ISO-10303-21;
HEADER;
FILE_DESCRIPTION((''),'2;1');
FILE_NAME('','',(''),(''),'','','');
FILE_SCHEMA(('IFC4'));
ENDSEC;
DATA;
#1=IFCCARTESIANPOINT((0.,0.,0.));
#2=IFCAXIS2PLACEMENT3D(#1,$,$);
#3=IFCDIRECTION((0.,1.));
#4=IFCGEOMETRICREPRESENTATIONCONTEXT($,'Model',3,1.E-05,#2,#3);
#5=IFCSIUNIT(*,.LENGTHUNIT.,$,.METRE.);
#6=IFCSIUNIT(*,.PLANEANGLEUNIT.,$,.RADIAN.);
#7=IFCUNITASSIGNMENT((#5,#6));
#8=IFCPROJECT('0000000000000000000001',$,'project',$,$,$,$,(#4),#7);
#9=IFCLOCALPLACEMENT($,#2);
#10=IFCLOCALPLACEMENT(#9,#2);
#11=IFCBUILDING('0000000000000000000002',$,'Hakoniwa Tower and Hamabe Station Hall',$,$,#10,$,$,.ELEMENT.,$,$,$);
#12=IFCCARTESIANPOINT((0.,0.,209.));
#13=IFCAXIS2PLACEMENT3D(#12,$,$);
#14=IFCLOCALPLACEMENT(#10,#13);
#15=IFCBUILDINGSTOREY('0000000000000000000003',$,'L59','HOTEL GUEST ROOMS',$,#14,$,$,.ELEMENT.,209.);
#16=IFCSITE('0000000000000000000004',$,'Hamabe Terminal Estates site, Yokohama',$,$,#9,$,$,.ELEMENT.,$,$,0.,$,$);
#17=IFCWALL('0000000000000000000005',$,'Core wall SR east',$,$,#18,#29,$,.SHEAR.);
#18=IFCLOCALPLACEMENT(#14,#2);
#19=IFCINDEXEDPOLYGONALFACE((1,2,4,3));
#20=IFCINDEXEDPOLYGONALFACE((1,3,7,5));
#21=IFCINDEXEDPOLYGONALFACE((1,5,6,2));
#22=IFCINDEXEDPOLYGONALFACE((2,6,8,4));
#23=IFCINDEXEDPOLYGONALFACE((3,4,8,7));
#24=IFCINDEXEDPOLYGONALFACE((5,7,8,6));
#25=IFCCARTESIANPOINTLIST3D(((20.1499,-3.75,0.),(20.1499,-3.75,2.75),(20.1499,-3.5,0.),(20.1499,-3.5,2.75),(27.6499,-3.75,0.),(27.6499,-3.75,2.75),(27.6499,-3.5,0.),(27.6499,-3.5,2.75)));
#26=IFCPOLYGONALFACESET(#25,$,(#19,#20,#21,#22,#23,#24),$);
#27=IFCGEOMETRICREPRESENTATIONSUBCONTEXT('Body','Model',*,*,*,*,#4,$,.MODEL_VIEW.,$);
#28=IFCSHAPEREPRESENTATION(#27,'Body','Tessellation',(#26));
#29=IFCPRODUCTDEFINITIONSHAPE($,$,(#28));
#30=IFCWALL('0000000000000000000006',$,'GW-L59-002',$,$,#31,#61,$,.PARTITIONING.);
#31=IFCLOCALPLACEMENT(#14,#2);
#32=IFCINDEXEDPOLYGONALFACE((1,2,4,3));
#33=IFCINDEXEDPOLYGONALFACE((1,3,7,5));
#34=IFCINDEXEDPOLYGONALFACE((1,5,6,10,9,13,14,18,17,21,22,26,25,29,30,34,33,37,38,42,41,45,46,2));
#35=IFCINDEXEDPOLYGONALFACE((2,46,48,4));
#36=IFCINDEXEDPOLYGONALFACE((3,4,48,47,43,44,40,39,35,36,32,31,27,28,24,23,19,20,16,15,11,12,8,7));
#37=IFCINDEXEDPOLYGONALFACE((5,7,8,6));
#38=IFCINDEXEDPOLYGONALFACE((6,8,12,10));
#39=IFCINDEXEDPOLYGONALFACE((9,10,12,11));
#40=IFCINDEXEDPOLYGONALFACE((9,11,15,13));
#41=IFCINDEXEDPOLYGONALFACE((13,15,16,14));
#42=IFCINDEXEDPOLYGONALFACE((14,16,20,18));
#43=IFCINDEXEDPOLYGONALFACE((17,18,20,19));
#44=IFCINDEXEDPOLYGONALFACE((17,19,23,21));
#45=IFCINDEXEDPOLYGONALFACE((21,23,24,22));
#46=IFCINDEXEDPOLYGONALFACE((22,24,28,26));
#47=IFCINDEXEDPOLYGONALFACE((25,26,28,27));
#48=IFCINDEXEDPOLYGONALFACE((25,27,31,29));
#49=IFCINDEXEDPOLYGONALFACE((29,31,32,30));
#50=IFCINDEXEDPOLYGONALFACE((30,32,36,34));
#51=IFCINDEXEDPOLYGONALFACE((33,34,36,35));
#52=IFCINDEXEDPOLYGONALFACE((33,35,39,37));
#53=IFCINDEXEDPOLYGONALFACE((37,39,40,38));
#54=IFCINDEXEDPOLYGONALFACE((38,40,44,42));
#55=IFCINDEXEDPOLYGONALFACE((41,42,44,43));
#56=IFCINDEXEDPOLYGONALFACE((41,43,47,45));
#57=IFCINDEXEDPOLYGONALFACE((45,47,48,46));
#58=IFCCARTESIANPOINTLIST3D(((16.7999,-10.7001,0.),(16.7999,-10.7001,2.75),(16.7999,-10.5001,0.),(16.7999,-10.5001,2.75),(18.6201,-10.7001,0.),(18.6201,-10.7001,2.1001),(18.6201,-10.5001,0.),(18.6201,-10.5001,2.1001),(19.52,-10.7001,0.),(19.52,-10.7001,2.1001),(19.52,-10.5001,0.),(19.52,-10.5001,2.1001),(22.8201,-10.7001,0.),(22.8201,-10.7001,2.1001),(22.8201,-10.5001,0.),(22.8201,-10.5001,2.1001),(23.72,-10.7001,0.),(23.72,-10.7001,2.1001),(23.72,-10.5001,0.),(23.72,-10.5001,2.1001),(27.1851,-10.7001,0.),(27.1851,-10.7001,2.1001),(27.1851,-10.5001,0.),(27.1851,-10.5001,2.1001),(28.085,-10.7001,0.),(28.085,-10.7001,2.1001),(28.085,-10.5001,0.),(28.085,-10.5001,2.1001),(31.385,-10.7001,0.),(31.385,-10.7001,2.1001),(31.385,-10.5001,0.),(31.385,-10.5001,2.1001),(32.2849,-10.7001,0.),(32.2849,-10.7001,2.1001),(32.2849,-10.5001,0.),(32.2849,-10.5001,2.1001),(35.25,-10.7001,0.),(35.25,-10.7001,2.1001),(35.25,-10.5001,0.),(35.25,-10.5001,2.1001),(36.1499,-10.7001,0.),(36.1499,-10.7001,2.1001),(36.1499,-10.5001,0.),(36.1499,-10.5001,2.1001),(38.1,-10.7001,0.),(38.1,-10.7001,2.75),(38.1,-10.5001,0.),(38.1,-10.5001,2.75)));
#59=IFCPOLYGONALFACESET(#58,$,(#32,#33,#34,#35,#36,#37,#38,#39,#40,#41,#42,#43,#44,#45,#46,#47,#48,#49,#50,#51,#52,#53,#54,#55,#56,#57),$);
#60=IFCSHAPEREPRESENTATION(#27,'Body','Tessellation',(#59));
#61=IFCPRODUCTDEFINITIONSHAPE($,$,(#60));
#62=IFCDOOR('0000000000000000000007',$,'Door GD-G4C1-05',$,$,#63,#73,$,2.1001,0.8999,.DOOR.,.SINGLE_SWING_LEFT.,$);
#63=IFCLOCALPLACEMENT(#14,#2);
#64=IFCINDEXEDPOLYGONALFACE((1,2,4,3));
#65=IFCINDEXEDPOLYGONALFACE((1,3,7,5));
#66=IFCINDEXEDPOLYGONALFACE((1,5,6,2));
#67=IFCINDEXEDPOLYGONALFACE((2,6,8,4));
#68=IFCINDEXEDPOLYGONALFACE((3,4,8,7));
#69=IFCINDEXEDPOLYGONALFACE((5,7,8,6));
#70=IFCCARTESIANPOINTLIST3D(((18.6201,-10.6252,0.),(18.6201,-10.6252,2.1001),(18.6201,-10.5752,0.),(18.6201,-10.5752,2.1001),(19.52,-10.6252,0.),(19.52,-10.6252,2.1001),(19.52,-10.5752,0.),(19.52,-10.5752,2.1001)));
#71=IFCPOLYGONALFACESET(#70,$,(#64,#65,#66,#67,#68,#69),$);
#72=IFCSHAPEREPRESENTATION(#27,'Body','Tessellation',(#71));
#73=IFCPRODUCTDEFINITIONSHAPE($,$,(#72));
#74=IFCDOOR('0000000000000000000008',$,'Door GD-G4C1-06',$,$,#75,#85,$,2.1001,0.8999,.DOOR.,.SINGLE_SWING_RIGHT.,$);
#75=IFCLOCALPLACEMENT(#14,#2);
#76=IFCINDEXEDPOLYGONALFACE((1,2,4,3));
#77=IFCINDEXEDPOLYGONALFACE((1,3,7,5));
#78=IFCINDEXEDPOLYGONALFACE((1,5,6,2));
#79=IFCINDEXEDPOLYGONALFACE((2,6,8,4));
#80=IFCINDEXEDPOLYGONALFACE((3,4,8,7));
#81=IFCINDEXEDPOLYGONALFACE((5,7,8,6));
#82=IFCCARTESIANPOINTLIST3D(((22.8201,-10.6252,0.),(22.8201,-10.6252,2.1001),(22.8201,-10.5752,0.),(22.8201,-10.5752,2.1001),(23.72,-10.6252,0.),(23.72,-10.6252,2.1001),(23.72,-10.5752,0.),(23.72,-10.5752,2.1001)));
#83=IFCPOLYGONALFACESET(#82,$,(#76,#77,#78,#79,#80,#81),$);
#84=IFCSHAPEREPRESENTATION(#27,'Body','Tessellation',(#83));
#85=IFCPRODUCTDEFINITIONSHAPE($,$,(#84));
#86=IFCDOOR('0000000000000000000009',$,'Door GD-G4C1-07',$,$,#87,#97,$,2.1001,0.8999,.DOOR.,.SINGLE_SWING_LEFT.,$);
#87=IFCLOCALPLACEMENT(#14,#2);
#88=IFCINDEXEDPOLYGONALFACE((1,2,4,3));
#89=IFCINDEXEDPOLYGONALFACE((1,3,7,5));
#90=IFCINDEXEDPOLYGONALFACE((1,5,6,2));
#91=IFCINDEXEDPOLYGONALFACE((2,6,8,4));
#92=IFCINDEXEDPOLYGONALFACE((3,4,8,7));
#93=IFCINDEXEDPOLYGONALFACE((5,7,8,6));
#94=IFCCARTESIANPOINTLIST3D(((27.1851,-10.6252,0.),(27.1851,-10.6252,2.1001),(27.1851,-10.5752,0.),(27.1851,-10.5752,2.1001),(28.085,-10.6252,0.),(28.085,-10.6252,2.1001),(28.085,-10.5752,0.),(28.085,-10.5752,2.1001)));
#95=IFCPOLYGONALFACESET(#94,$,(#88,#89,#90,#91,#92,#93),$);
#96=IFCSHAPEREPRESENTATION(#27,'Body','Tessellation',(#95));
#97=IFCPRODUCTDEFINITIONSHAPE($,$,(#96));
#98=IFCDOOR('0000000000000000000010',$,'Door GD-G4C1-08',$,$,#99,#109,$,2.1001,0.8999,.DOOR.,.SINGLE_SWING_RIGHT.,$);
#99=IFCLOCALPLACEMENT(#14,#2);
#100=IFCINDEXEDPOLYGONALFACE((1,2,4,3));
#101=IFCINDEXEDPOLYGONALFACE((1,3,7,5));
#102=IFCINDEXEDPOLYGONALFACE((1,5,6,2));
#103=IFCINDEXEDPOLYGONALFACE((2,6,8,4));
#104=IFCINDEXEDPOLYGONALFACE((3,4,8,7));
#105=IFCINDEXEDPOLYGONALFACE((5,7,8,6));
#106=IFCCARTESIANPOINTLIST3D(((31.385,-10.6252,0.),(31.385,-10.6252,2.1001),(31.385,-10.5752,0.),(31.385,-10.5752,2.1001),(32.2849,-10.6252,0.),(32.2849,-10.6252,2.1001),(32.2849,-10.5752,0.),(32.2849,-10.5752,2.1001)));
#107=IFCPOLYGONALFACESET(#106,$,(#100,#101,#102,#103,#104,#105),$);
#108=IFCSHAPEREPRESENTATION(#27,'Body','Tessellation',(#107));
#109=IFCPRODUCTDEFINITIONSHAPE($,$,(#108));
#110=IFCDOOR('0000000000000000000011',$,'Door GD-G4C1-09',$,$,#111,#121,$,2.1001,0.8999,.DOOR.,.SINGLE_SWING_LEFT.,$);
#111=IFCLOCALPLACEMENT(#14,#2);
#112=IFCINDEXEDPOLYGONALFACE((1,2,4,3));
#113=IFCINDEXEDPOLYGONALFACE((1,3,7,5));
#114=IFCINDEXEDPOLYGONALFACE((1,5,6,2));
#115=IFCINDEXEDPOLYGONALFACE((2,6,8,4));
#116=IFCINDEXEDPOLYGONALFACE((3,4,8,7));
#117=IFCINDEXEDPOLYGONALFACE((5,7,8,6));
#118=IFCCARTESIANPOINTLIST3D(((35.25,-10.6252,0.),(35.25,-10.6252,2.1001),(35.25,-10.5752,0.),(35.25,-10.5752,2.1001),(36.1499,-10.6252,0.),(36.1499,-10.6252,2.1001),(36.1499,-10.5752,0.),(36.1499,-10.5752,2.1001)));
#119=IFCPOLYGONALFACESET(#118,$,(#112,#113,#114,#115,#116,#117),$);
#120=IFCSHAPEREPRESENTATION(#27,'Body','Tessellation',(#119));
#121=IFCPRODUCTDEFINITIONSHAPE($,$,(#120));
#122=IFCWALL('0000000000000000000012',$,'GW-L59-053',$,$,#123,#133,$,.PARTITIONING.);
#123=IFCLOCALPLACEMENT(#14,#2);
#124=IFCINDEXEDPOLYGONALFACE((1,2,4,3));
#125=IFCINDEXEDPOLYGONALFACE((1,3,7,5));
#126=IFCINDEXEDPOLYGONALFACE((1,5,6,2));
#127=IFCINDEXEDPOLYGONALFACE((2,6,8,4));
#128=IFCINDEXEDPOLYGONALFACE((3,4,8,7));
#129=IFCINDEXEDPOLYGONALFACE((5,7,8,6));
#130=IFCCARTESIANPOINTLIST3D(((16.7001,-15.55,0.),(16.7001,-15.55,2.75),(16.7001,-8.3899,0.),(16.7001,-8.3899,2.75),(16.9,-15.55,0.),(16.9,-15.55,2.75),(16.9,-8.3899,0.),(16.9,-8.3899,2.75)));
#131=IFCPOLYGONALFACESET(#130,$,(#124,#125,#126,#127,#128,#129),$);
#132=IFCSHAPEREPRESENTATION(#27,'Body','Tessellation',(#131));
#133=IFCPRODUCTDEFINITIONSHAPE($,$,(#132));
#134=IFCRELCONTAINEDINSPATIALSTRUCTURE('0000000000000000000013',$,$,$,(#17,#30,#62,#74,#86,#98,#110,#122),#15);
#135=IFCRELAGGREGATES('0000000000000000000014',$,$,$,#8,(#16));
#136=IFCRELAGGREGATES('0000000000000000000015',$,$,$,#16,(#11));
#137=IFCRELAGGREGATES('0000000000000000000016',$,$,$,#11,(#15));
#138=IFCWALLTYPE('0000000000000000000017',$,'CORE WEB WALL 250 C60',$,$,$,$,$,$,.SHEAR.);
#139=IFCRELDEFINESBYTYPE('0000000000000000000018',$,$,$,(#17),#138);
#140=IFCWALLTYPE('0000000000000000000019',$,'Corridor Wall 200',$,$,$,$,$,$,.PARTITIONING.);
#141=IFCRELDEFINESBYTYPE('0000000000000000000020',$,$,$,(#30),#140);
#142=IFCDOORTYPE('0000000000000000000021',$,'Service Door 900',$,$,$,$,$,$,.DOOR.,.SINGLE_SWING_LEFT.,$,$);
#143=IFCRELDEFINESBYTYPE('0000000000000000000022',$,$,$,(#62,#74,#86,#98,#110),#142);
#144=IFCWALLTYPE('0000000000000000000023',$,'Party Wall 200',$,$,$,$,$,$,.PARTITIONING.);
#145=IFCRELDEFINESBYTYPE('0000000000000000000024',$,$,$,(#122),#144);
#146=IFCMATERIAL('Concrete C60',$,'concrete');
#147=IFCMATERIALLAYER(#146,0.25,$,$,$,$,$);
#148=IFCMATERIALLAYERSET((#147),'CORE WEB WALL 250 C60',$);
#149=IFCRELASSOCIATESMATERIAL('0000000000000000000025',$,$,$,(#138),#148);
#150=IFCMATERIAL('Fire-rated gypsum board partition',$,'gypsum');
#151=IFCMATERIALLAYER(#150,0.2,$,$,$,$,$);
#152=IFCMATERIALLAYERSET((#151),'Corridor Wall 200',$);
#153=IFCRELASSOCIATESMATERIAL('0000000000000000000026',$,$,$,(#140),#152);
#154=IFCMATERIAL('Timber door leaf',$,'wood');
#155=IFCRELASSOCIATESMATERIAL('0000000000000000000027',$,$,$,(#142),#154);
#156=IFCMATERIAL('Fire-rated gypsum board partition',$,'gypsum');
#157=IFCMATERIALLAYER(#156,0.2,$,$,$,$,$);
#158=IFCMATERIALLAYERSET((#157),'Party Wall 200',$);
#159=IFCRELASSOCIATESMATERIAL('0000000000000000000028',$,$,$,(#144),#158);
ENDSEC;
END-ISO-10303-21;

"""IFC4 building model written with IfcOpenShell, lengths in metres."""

from ifc_helpers import new_model, si_unit, direction, frame, frame_2d, origin, place, context, subcontext, project, spatial, rectangle, extrude, material, layer, layer_set, type_object, element, fill, save


model = new_model("IFC4")

# Units and contexts
model_context = context("Model", 3, precision=1e-05, world=origin(), true_north=direction((0.0, 1.0)))
body_context = subcontext(model_context, "Body", "Model", "MODEL_VIEW")
ifc_project = project(units=[si_unit("LENGTHUNIT", "METRE"), si_unit("PLANEANGLEUNIT", "RADIAN")], contexts=[model_context])

# Site, building, storey
site_placement = place(None, origin())
site = spatial("IfcSite", under=ifc_project, at=site_placement, Name="Hamabe Terminal Estates site, Yokohama", CompositionType="ELEMENT", RefElevation=0.0)
building_placement = place(site_placement, origin())
building = spatial("IfcBuilding", under=site, at=building_placement, Name="Hakoniwa Tower and Hamabe Station Hall", CompositionType="ELEMENT")
storey_placement = place(building_placement, frame((0.0, 0.0, 209.0)))
storey = spatial("IfcBuildingStorey", under=building, at=storey_placement, Name="L59", Description="HOTEL GUEST ROOMS", CompositionType="ELEMENT", Elevation=209.0)

# Shared definitions
ifc_material_1 = material(Name="Concrete C60", Category="concrete")
ifc_layer_1 = layer(ifc_material_1, 0.25)
ifc_layer_set_1 = layer_set([ifc_layer_1], Name="CORE WEB WALL 250 C60")
wall_type_1 = type_object("IfcWallType", Name="CORE WEB WALL 250 C60", PredefinedType="SHEAR", material=ifc_layer_set_1)

# Wall
wall_1_placement = place(storey_placement, frame((20.1499, -3.625, 0.0), z_axis=(0.0, 0.0, 1.0), x_axis=(1.0, 0.0, 0.0)))
element("IfcWall", 1, at=wall_1_placement, inside=storey, type_object=wall_type_1, Name="Core wall SR east", PredefinedType="SHEAR", context=body_context, shape_type="SweptSolid", body=[
    extrude(rectangle(XDim=7.5, YDim=0.25, at=frame_2d((3.75, 0.0))), origin(), (0.0, 0.0, 1.0), 2.75),
])

# Wall, openings, doors
ifc_material_2 = material(Name="Fire-rated gypsum board partition", Category="gypsum")
ifc_layer_2 = layer(ifc_material_2, 0.2)
ifc_layer_set_2 = layer_set([ifc_layer_2], Name="Corridor Wall 200")
wall_type_2 = type_object("IfcWallType", Name="Corridor Wall 200", PredefinedType="PARTITIONING", material=ifc_layer_set_2)
wall_2_placement = place(storey_placement, frame((16.8, -10.6001, 0.0), z_axis=(0.0, 0.0, 1.0), x_axis=(1.0, 0.0, 0.0)))
wall_2 = element("IfcWall", 2, at=wall_2_placement, inside=storey, type_object=wall_type_2, Name="GW-L59-002", PredefinedType="PARTITIONING", context=body_context, shape_type="SweptSolid", body=[
    extrude(rectangle(XDim=21.3, YDim=0.2, at=frame_2d((10.6499, 0.0))), origin(), (0.0, 0.0, 1.0), 2.75),
])
opening_1_placement = place(wall_2_placement, frame((1.8201, 0.0, 0.0)))
opening_1 = element("IfcOpeningElement", 3, at=opening_1_placement, cuts=wall_2, PredefinedType="OPENING", context=body_context, shape_type="SweptSolid", body=[
    extrude(rectangle(XDim=0.8999, YDim=2.1001, at=frame_2d((0.45, 1.05))), frame((0.0, 0.1099, 0.0), z_axis=(0.0, -1.0, 0.0), x_axis=(1.0, 0.0, 0.0)), (0.0, 0.0, 1.0), 0.22),
])
opening_2_placement = place(wall_2_placement, frame((6.02, 0.0, 0.0)))
opening_2 = element("IfcOpeningElement", 4, at=opening_2_placement, cuts=wall_2, PredefinedType="OPENING", context=body_context, shape_type="SweptSolid", body=[
    extrude(rectangle(XDim=0.8999, YDim=2.1001, at=frame_2d((0.45, 1.05))), frame((0.0, 0.1099, 0.0), z_axis=(0.0, -1.0, 0.0), x_axis=(1.0, 0.0, 0.0)), (0.0, 0.0, 1.0), 0.22),
])
opening_3_placement = place(wall_2_placement, frame((10.385, 0.0, 0.0)))
opening_3 = element("IfcOpeningElement", 5, at=opening_3_placement, cuts=wall_2, PredefinedType="OPENING", context=body_context, shape_type="SweptSolid", body=[
    extrude(rectangle(XDim=0.8999, YDim=2.1001, at=frame_2d((0.45, 1.05))), frame((0.0, 0.1099, 0.0), z_axis=(0.0, -1.0, 0.0), x_axis=(1.0, 0.0, 0.0)), (0.0, 0.0, 1.0), 0.22),
])
opening_4_placement = place(wall_2_placement, frame((14.585, 0.0, 0.0)))
opening_4 = element("IfcOpeningElement", 6, at=opening_4_placement, cuts=wall_2, PredefinedType="OPENING", context=body_context, shape_type="SweptSolid", body=[
    extrude(rectangle(XDim=0.8999, YDim=2.1001, at=frame_2d((0.45, 1.05))), frame((0.0, 0.1099, 0.0), z_axis=(0.0, -1.0, 0.0), x_axis=(1.0, 0.0, 0.0)), (0.0, 0.0, 1.0), 0.22),
])
opening_5_placement = place(wall_2_placement, frame((18.45, 0.0, 0.0)))
opening_5 = element("IfcOpeningElement", 7, at=opening_5_placement, cuts=wall_2, PredefinedType="OPENING", context=body_context, shape_type="SweptSolid", body=[
    extrude(rectangle(XDim=0.8999, YDim=2.1001, at=frame_2d((0.45, 1.05))), frame((0.0, 0.1099, 0.0), z_axis=(0.0, -1.0, 0.0), x_axis=(1.0, 0.0, 0.0)), (0.0, 0.0, 1.0), 0.22),
])
ifc_material_3 = material(Name="Timber door leaf", Category="wood")
door_type_1 = type_object("IfcDoorType", Name="Service Door 900", OperationType="SINGLE_SWING_LEFT", PredefinedType="DOOR", material=ifc_material_3)
door_1_placement = place(opening_1_placement, origin())
door_1 = element("IfcDoor", 8, at=door_1_placement, inside=storey, type_object=door_type_1, Name="Door GD-G4C1-05", OperationType="SINGLE_SWING_LEFT", OverallHeight=2.1001, OverallWidth=0.8999, PredefinedType="DOOR", context=body_context, shape_type="SweptSolid", body=[
    extrude(rectangle(XDim=0.8999, YDim=2.1001, at=frame_2d((0.45, 1.05))), frame((0.0, 0.0249, 0.0), z_axis=(0.0, -1.0, 0.0), x_axis=(1.0, 0.0, 0.0)), (0.0, 0.0, 1.0), 0.05),
])
fill(opening_1, door_1)
door_2_placement = place(opening_2_placement, origin())
door_2 = element("IfcDoor", 9, at=door_2_placement, inside=storey, type_object=door_type_1, Name="Door GD-G4C1-06", OperationType="SINGLE_SWING_RIGHT", OverallHeight=2.1001, OverallWidth=0.8999, PredefinedType="DOOR", context=body_context, shape_type="SweptSolid", body=[
    extrude(rectangle(XDim=0.8999, YDim=2.1001, at=frame_2d((0.45, 1.05))), frame((0.0, 0.0249, 0.0), z_axis=(0.0, -1.0, 0.0), x_axis=(1.0, 0.0, 0.0)), (0.0, 0.0, 1.0), 0.05),
])
fill(opening_2, door_2)
door_3_placement = place(opening_3_placement, origin())
door_3 = element("IfcDoor", 10, at=door_3_placement, inside=storey, type_object=door_type_1, Name="Door GD-G4C1-07", OperationType="SINGLE_SWING_LEFT", OverallHeight=2.1001, OverallWidth=0.8999, PredefinedType="DOOR", context=body_context, shape_type="SweptSolid", body=[
    extrude(rectangle(XDim=0.8999, YDim=2.1001, at=frame_2d((0.45, 1.05))), frame((0.0, 0.0249, 0.0), z_axis=(0.0, -1.0, 0.0), x_axis=(1.0, 0.0, 0.0)), (0.0, 0.0, 1.0), 0.05),
])
fill(opening_3, door_3)
door_4_placement = place(opening_4_placement, origin())
door_4 = element("IfcDoor", 11, at=door_4_placement, inside=storey, type_object=door_type_1, Name="Door GD-G4C1-08", OperationType="SINGLE_SWING_RIGHT", OverallHeight=2.1001, OverallWidth=0.8999, PredefinedType="DOOR", context=body_context, shape_type="SweptSolid", body=[
    extrude(rectangle(XDim=0.8999, YDim=2.1001, at=frame_2d((0.45, 1.05))), frame((0.0, 0.0249, 0.0), z_axis=(0.0, -1.0, 0.0), x_axis=(1.0, 0.0, 0.0)), (0.0, 0.0, 1.0), 0.05),
])
fill(opening_4, door_4)
door_5_placement = place(opening_5_placement, origin())
door_5 = element("IfcDoor", 12, at=door_5_placement, inside=storey, type_object=door_type_1, Name="Door GD-G4C1-09", OperationType="SINGLE_SWING_LEFT", OverallHeight=2.1001, OverallWidth=0.8999, PredefinedType="DOOR", context=body_context, shape_type="SweptSolid", body=[
    extrude(rectangle(XDim=0.8999, YDim=2.1001, at=frame_2d((0.45, 1.05))), frame((0.0, 0.0249, 0.0), z_axis=(0.0, -1.0, 0.0), x_axis=(1.0, 0.0, 0.0)), (0.0, 0.0, 1.0), 0.05),
])
fill(opening_5, door_5)

# Wall
ifc_material_4 = material(Name="Fire-rated gypsum board partition", Category="gypsum")
ifc_layer_3 = layer(ifc_material_4, 0.2)
ifc_layer_set_3 = layer_set([ifc_layer_3], Name="Party Wall 200")
wall_type_3 = type_object("IfcWallType", Name="Party Wall 200", PredefinedType="PARTITIONING", material=ifc_layer_set_3)
wall_3_placement = place(storey_placement, frame((16.8, -15.55, 0.0), z_axis=(0.0, 0.0, 1.0), x_axis=(0.0, 1.0, 0.0)))
element("IfcWall", 13, at=wall_3_placement, inside=storey, type_object=wall_type_3, Name="GW-L59-053", PredefinedType="PARTITIONING", context=body_context, shape_type="SweptSolid", body=[
    extrude(rectangle(XDim=7.1602, YDim=0.2, at=frame_2d((3.5801, 0.0))), origin(), (0.0, 0.0, 1.0), 2.75),
])

save(model, "model.ifc")
